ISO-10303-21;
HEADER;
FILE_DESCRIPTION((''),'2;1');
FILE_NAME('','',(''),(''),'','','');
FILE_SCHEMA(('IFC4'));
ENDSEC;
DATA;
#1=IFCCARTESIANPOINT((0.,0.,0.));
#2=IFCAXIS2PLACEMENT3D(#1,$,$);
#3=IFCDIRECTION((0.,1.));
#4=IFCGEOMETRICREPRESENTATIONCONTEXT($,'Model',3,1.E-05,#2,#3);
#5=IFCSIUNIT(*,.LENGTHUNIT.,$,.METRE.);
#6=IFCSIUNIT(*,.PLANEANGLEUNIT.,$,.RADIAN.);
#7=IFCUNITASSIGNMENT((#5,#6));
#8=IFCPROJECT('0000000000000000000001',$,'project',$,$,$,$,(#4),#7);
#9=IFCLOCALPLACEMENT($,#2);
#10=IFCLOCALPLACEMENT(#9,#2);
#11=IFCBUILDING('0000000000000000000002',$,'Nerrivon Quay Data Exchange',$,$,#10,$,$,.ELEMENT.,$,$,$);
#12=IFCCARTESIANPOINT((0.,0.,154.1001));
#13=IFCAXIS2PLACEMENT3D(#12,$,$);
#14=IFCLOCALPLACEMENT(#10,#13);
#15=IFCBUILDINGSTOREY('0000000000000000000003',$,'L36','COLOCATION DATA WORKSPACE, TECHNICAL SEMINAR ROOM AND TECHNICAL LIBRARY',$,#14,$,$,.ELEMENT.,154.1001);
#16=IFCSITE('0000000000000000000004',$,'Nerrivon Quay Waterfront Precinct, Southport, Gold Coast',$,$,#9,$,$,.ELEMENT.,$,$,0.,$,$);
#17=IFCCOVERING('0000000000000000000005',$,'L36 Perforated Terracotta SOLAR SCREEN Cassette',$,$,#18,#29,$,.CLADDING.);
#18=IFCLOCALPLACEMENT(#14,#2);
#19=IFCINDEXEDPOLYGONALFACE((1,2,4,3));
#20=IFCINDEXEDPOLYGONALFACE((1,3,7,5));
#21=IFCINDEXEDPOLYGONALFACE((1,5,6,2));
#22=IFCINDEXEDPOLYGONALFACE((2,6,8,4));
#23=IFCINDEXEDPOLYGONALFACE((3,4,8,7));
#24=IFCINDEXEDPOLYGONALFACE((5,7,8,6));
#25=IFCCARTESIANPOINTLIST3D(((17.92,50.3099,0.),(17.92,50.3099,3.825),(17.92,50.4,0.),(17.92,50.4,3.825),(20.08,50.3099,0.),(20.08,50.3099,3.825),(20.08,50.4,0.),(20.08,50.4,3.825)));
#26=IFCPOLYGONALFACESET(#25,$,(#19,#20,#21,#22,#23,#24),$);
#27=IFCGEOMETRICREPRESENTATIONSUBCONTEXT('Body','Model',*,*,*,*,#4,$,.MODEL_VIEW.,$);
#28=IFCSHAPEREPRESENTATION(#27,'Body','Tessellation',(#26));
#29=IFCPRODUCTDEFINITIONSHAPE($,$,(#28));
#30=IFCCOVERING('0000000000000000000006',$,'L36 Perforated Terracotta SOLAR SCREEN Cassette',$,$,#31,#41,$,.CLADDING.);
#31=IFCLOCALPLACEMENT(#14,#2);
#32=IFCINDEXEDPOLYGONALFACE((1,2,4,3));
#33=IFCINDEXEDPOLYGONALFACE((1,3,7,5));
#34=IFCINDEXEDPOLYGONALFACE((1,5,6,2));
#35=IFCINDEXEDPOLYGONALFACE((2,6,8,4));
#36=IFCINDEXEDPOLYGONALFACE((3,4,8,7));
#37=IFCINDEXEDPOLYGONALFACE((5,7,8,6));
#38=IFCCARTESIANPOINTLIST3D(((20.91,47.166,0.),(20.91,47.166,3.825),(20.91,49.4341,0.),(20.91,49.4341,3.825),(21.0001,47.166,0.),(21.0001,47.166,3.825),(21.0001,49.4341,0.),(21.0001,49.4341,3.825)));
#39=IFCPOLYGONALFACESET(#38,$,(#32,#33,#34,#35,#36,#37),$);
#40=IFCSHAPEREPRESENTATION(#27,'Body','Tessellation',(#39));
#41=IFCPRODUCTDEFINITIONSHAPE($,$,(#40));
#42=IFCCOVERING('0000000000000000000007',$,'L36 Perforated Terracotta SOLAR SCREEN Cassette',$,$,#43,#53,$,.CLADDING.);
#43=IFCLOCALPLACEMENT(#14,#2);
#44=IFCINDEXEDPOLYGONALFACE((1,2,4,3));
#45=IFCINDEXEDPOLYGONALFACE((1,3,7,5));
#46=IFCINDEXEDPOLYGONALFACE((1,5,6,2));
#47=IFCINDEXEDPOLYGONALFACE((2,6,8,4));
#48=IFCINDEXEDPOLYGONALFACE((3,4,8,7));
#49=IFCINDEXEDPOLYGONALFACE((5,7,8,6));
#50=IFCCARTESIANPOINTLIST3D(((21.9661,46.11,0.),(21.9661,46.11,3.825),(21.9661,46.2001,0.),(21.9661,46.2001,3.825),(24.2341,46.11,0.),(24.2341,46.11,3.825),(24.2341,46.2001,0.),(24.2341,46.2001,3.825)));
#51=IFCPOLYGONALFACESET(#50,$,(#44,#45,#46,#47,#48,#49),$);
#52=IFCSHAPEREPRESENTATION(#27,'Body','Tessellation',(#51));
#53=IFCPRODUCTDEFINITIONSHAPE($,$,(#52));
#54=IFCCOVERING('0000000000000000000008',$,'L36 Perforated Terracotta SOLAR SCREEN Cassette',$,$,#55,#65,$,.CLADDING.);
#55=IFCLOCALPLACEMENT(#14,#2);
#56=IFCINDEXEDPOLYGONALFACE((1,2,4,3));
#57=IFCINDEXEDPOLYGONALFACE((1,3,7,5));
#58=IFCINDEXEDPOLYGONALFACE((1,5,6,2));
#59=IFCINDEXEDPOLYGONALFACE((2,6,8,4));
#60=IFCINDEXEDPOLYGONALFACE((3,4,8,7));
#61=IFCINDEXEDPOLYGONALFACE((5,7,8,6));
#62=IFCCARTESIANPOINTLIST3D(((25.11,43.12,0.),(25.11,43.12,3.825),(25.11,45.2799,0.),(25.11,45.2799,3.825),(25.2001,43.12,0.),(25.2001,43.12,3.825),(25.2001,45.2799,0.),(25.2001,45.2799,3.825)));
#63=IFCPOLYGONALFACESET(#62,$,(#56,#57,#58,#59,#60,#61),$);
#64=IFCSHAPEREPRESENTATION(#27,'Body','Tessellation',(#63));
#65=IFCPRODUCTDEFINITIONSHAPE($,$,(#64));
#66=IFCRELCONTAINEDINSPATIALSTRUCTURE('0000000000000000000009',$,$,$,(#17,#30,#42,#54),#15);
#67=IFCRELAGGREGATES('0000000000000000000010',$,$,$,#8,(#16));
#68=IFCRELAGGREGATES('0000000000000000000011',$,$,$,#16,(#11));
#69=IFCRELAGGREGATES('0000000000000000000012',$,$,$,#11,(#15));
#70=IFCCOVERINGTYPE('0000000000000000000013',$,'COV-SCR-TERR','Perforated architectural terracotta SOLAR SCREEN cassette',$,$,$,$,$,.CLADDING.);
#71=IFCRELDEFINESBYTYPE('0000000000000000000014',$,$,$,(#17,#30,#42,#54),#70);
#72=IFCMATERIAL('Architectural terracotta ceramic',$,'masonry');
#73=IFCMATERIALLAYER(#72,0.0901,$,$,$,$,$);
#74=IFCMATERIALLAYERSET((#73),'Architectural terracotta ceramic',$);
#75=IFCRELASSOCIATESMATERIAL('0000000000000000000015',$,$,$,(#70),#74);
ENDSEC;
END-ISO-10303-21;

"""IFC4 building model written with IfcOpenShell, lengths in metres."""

from ifc_helpers import new_model, si_unit, direction, frame, origin, origin_2d, place, context, subcontext, project, spatial, rectangle, extrude, material, layer, layer_set, type_object, element, save


model = new_model("IFC4")

# Units and contexts
model_context = context("Model", 3, precision=1e-05, world=origin(), true_north=direction((0.0, 1.0)))
body_context = subcontext(model_context, "Body", "Model", "MODEL_VIEW")
ifc_project = project(units=[si_unit("LENGTHUNIT", "METRE"), si_unit("PLANEANGLEUNIT", "RADIAN")], contexts=[model_context])

# Site, building, storey
site_placement = place(None, origin())
site = spatial("IfcSite", under=ifc_project, at=site_placement, Name="Nerrivon Quay Waterfront Precinct, Southport, Gold Coast", CompositionType="ELEMENT", RefElevation=0.0)
building_placement = place(site_placement, origin())
building = spatial("IfcBuilding", under=site, at=building_placement, Name="Nerrivon Quay Data Exchange", CompositionType="ELEMENT")
storey_placement = place(building_placement, frame((0.0, 0.0, 154.1001)))
storey = spatial("IfcBuildingStorey", under=building, at=storey_placement, Name="L36", Description="COLOCATION DATA WORKSPACE, TECHNICAL SEMINAR ROOM AND TECHNICAL LIBRARY", CompositionType="ELEMENT", Elevation=154.1001)

# Coverings
ifc_material_1 = material(Name="Architectural terracotta ceramic", Category="masonry")
ifc_layer_1 = layer(ifc_material_1, 0.0901)
ifc_layer_set_1 = layer_set([ifc_layer_1], Name="Architectural terracotta ceramic")
covering_type = type_object("IfcCoveringType", Name="COV-SCR-TERR", Description="Perforated architectural terracotta SOLAR SCREEN cassette", PredefinedType="CLADDING", material=ifc_layer_set_1)
covering_1_placement = place(storey_placement, frame((19.0, 50.355, 0.0), z_axis=(0.0, 0.0, 1.0), x_axis=(1.0, 0.0, 0.0)))
element("IfcCovering", 1, at=covering_1_placement, inside=storey, type_object=covering_type, Name="L36 Perforated Terracotta SOLAR SCREEN Cassette", PredefinedType="CLADDING", context=body_context, shape_type="SweptSolid", body=[
    extrude(rectangle(XDim=2.1599, YDim=0.0901, at=origin_2d()), origin(), (0.0, 0.0, 1.0), 3.825),
])
for number, where, z_axis, x_axis, name in (
    (2, (20.9551, 48.3, 0.0), (0.0, 0.0, 1.0), (0.0, -1.0, 0.0), "L36 Perforated Terracotta SOLAR SCREEN Cassette"),
    (3, (23.1001, 46.155, 0.0), (0.0, 0.0, 1.0), (1.0, 0.0, 0.0), "L36 Perforated Terracotta SOLAR SCREEN Cassette"),
):
    element("IfcCovering", number, at=place(storey_placement, frame(where, z_axis=z_axis, x_axis=x_axis)), inside=storey, type_object=covering_type, Name=name, PredefinedType="CLADDING", context=body_context, shape_type="SweptSolid", body=[
        extrude(rectangle(XDim=2.2681, YDim=0.0901, at=origin_2d()), origin(), (0.0, 0.0, 1.0), 3.825),
    ])
covering_2_placement = place(storey_placement, frame((25.155, 44.2, 0.0), z_axis=(0.0, 0.0, 1.0), x_axis=(0.0, -1.0, 0.0)))
element("IfcCovering", 4, at=covering_2_placement, inside=storey, type_object=covering_type, Name="L36 Perforated Terracotta SOLAR SCREEN Cassette", PredefinedType="CLADDING", context=body_context, shape_type="SweptSolid", body=[
    extrude(rectangle(XDim=2.1599, YDim=0.0901, at=origin_2d()), origin(), (0.0, 0.0, 1.0), 3.825),
])

save(model, "model.ifc")
